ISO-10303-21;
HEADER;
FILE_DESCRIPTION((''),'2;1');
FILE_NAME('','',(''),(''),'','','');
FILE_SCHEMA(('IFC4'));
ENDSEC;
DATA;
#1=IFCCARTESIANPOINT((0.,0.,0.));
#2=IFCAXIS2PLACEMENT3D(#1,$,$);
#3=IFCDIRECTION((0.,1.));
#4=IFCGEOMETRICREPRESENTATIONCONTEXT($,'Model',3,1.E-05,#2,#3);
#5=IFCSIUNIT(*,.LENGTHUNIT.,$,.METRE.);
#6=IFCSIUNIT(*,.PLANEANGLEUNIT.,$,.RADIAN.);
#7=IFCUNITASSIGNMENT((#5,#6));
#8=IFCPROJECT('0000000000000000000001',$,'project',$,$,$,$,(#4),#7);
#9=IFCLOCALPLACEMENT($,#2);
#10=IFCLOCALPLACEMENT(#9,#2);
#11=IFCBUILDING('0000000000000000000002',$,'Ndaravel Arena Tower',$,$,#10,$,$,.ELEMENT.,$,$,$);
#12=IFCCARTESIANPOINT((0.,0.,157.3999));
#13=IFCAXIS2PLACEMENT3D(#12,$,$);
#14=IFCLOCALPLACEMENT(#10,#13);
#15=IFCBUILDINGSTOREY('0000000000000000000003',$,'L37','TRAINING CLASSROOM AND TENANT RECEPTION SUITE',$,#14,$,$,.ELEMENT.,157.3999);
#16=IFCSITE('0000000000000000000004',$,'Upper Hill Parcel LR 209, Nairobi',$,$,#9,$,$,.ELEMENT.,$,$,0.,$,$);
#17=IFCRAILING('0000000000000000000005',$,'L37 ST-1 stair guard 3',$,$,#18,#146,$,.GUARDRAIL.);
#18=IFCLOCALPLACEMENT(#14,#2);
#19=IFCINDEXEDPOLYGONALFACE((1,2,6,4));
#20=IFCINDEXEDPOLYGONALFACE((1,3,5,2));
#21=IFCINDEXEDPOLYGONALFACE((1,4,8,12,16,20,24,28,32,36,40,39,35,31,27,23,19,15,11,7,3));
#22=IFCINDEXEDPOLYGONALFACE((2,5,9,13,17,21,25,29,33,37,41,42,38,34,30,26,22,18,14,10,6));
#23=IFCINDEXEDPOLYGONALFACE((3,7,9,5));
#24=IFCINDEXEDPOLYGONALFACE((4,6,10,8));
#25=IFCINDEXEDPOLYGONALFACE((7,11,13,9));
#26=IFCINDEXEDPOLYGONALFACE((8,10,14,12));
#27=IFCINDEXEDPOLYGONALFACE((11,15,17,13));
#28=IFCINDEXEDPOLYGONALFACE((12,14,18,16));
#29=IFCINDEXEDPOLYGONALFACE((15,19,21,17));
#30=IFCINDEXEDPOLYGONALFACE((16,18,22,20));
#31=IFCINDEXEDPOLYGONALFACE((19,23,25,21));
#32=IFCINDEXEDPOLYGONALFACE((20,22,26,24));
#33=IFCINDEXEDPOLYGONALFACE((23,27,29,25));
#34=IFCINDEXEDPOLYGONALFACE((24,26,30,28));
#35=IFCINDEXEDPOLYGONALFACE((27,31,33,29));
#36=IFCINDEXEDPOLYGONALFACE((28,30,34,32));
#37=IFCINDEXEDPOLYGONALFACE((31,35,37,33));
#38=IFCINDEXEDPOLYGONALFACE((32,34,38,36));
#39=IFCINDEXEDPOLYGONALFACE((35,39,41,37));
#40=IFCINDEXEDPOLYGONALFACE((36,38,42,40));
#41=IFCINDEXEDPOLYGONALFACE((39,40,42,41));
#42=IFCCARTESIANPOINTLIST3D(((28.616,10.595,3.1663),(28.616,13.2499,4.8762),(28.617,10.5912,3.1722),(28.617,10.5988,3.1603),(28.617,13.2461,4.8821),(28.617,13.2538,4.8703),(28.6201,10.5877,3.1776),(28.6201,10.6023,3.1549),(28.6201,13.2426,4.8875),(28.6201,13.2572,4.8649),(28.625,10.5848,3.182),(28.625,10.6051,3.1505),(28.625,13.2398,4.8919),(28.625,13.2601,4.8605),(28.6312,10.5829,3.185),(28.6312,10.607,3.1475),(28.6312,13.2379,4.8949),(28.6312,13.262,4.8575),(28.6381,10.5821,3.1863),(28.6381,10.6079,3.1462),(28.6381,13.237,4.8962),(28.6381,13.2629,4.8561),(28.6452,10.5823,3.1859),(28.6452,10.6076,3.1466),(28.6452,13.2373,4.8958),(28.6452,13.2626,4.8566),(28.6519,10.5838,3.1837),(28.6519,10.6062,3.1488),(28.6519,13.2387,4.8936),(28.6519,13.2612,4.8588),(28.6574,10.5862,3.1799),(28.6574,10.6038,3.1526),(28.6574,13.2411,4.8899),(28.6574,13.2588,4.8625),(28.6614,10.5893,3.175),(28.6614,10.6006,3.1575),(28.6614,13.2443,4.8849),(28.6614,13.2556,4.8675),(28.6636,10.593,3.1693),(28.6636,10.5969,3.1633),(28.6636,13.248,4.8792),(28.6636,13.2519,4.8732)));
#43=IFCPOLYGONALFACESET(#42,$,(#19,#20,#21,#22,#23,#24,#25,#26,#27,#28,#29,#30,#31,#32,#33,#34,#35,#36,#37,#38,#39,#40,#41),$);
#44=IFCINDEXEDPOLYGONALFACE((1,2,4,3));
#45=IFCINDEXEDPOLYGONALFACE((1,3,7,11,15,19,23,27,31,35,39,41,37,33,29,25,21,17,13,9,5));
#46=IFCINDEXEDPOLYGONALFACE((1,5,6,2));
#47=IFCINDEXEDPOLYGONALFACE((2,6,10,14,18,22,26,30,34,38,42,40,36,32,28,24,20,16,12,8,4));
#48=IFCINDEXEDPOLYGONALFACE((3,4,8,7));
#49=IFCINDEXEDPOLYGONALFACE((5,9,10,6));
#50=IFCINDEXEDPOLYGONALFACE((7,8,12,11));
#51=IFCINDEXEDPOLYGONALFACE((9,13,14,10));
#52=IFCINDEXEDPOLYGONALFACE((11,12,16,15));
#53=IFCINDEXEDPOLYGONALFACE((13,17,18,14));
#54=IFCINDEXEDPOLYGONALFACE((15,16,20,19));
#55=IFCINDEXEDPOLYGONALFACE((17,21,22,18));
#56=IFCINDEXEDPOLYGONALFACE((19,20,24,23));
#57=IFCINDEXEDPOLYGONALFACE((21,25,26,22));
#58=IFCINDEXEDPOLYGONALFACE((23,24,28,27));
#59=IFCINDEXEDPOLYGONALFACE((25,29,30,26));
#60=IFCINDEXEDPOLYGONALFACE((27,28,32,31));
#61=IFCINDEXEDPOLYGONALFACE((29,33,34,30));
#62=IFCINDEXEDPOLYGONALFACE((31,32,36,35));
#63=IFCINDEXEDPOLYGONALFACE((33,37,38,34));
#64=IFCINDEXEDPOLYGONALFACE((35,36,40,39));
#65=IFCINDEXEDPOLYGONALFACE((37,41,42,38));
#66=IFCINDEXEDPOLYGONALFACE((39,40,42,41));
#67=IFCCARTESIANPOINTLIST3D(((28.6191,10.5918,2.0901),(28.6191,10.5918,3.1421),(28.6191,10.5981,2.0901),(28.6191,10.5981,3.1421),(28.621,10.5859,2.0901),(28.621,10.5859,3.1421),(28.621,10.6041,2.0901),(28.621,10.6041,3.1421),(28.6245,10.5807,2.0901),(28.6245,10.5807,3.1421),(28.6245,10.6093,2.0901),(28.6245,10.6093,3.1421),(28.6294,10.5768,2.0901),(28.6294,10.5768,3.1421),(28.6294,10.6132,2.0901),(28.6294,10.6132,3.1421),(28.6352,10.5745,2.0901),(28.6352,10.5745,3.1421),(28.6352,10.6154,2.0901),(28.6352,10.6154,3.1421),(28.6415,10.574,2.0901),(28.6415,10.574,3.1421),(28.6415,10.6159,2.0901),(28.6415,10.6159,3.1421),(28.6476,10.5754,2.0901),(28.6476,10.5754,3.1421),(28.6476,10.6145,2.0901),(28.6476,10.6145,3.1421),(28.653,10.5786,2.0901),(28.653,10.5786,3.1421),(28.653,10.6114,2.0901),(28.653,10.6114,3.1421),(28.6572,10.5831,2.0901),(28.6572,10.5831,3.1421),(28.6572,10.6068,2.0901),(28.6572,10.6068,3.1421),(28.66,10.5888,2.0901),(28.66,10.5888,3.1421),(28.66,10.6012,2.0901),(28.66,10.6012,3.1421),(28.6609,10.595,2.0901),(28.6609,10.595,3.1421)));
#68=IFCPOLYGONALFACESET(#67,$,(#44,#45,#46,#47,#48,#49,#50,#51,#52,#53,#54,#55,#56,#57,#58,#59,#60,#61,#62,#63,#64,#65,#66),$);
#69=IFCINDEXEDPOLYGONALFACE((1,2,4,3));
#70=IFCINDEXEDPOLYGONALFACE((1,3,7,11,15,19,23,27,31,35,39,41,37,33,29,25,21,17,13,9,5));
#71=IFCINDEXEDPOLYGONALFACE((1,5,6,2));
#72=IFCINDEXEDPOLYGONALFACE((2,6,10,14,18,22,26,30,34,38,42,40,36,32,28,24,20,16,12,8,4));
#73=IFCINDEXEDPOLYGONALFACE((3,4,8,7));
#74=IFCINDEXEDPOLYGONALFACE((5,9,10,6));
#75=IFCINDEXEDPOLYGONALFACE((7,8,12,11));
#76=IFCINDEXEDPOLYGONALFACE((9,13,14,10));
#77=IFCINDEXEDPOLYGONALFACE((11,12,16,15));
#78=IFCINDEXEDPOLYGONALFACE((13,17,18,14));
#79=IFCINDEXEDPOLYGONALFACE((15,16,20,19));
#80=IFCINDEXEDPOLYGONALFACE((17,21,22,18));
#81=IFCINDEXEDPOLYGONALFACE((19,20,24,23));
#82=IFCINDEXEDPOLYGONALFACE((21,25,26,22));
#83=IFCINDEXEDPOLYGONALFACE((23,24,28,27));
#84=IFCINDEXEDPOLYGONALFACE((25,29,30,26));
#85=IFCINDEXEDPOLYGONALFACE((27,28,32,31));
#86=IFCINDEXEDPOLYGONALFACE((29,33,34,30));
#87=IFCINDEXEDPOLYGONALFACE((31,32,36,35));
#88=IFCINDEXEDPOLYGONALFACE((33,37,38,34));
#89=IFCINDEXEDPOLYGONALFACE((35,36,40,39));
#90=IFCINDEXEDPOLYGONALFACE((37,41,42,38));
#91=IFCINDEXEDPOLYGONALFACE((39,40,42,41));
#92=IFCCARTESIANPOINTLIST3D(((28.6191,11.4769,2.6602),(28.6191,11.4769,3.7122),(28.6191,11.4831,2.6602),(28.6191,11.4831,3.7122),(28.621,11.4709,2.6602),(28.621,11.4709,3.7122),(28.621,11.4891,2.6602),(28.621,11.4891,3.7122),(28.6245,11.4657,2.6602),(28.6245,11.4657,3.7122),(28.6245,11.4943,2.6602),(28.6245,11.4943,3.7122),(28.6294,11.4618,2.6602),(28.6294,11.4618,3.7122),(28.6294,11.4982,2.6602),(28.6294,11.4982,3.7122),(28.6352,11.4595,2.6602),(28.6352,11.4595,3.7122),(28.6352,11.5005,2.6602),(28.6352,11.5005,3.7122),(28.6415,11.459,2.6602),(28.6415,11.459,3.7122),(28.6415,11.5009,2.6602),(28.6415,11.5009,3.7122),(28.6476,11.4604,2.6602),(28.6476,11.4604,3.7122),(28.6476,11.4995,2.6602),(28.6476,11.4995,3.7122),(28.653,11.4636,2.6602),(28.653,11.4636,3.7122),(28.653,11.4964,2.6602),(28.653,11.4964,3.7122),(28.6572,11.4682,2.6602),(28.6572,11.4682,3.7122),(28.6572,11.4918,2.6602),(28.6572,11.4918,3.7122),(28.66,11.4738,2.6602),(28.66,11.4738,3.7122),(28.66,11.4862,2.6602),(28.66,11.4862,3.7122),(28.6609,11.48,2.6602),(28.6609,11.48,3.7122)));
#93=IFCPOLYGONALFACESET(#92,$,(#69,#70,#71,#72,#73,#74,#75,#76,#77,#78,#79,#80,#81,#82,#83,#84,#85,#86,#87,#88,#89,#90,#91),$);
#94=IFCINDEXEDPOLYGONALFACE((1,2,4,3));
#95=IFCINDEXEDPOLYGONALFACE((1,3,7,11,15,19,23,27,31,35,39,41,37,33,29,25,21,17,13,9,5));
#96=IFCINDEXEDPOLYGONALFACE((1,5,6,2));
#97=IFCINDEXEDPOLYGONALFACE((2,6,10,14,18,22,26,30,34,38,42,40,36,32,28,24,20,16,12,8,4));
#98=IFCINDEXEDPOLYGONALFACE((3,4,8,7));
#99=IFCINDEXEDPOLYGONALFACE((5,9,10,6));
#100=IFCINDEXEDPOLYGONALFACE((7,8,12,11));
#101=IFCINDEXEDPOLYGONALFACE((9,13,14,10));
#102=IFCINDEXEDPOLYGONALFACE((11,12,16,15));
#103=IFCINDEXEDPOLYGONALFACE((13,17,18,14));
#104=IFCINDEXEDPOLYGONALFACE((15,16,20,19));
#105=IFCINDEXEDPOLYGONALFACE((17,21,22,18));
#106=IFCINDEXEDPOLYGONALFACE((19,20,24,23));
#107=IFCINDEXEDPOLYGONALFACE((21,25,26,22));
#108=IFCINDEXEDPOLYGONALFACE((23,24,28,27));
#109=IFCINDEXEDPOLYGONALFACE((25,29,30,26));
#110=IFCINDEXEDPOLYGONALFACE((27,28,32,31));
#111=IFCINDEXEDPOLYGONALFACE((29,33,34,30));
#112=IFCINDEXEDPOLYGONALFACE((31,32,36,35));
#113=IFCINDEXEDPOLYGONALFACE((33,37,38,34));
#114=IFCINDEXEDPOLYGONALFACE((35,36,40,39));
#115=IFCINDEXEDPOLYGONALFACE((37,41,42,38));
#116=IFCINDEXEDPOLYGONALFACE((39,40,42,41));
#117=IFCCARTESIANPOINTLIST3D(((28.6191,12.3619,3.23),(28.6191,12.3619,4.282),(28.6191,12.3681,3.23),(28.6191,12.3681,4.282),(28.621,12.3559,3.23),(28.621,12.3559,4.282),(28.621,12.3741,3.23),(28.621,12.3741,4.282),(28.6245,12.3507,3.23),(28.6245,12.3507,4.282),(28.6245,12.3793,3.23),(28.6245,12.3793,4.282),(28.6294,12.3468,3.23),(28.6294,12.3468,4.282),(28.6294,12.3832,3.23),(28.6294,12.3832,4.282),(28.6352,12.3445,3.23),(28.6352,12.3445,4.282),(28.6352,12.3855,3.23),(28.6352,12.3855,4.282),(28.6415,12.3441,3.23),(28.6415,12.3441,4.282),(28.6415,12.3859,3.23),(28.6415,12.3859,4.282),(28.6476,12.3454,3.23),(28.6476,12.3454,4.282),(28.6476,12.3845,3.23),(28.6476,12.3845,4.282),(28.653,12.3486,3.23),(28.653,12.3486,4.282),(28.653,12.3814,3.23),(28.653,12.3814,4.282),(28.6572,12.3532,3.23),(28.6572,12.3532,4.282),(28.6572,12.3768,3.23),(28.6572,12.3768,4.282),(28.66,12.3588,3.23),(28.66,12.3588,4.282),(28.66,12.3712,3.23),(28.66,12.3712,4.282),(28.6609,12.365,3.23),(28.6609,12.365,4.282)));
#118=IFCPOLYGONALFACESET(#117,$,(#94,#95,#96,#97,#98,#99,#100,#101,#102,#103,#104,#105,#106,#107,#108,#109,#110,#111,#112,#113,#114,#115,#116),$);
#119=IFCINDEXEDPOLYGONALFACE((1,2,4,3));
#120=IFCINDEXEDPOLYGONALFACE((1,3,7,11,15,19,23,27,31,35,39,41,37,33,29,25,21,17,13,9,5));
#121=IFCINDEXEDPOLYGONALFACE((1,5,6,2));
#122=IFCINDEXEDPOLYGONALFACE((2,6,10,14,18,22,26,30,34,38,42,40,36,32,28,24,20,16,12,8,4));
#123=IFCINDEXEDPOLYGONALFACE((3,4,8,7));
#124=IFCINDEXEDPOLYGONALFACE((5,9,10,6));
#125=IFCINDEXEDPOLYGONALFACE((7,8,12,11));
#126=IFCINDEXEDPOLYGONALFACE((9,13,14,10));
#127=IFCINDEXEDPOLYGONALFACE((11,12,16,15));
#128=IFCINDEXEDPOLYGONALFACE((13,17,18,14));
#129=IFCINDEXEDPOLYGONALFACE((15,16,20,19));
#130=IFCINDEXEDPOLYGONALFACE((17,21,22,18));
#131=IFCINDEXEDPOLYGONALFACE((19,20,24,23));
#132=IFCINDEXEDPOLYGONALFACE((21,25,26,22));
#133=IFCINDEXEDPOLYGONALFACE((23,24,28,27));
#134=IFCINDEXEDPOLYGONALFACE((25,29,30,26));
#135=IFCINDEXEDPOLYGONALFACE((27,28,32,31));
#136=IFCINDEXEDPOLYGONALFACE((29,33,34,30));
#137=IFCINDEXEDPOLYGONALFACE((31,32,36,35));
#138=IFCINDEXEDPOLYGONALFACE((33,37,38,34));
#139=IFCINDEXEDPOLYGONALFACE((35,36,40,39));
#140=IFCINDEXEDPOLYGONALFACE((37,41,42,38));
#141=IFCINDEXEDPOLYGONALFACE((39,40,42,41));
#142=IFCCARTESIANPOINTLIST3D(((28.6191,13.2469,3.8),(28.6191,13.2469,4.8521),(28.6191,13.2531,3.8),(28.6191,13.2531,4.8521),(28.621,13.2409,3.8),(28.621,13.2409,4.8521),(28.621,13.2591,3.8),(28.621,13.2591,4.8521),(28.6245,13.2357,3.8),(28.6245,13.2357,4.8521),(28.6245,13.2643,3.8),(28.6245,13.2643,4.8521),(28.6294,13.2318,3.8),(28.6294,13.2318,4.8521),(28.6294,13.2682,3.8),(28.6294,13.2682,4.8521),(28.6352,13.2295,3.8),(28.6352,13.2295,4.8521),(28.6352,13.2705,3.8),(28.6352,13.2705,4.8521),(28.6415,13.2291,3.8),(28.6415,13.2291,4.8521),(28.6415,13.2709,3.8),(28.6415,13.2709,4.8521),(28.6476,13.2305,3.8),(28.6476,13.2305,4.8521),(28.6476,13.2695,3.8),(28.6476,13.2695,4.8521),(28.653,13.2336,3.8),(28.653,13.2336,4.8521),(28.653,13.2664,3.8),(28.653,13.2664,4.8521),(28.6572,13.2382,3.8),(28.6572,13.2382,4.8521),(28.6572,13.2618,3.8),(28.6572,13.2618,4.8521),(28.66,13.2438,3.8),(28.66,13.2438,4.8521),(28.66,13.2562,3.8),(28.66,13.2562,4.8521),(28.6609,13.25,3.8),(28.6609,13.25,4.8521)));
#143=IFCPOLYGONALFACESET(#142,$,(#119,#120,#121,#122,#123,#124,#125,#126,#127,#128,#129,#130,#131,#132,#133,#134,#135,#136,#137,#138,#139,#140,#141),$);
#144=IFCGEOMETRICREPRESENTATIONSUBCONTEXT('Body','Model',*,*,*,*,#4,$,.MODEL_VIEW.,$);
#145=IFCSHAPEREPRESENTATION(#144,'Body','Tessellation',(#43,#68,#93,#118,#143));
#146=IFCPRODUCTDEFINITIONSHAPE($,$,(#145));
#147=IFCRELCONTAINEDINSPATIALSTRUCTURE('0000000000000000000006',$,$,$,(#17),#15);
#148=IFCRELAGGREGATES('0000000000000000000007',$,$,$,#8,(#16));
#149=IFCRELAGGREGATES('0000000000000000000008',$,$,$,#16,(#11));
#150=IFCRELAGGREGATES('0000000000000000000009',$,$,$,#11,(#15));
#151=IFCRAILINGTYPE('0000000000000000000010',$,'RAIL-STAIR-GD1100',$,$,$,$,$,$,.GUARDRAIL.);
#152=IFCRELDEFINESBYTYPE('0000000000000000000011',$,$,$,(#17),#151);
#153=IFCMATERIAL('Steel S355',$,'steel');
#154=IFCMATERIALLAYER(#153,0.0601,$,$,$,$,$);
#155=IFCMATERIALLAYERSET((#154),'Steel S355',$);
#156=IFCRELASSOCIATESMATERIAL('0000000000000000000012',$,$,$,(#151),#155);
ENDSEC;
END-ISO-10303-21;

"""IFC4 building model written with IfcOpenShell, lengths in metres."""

from ifc_helpers import new_model, si_unit, direction, frame, origin, origin_2d, place, context, subcontext, project, spatial, circle, extrude, material, layer, layer_set, type_object, element, save


model = new_model("IFC4")

# Units and contexts
model_context = context("Model", 3, precision=1e-05, world=origin(), true_north=direction((0.0, 1.0)))
body_context = subcontext(model_context, "Body", "Model", "MODEL_VIEW")
ifc_project = project(units=[si_unit("LENGTHUNIT", "METRE"), si_unit("PLANEANGLEUNIT", "RADIAN")], contexts=[model_context])

# Site, building, storey
site_placement = place(None, origin())
site = spatial("IfcSite", under=ifc_project, at=site_placement, Name="Upper Hill Parcel LR 209, Nairobi", CompositionType="ELEMENT", RefElevation=0.0)
building_placement = place(site_placement, origin())
building = spatial("IfcBuilding", under=site, at=building_placement, Name="Ndaravel Arena Tower", CompositionType="ELEMENT")
storey_placement = place(building_placement, frame((0.0, 0.0, 157.3999)))
storey = spatial("IfcBuildingStorey", under=building, at=storey_placement, Name="L37", Description="TRAINING CLASSROOM AND TENANT RECEPTION SUITE", CompositionType="ELEMENT", Elevation=157.3999)

# Railing
ifc_material_1 = material(Name="Steel S355", Category="steel")
ifc_layer_1 = layer(ifc_material_1, 0.0601)
ifc_layer_set_1 = layer_set([ifc_layer_1], Name="Steel S355")
railing_type_1 = type_object("IfcRailingType", Name="RAIL-STAIR-GD1100", PredefinedType="GUARDRAIL", material=ifc_layer_set_1)
railing_1_placement = place(storey_placement, frame((28.6399, 10.595, 2.0901)))
element("IfcRailing", 1, at=railing_1_placement, inside=storey, type_object=railing_type_1, Name="L37 ST-1 stair guard 3", PredefinedType="GUARDRAIL", context=body_context, shape_type="SweptSolid", body=[
    extrude(circle(Radius=0.0239, at=origin_2d()), frame((0.0, 0.0, 1.0762), z_axis=(0.0, 0.840724, 0.541465), x_axis=(-1.0, 0.0, 0.0)), (0.0, 0.0, 1.0), 3.158),
    extrude(circle(Radius=0.021, at=origin_2d()), origin(), (0.0, 0.0, 1.0), 1.052),
    extrude(circle(Radius=0.021, at=origin_2d()), frame((0.0, 0.885, 0.5701)), (0.0, 0.0, 1.0), 1.052),
    extrude(circle(Radius=0.021, at=origin_2d()), frame((0.0, 1.77, 1.1399)), (0.0, 0.0, 1.0), 1.052),
    extrude(circle(Radius=0.021, at=origin_2d()), frame((0.0, 2.655, 1.71)), (0.0, 0.0, 1.0), 1.052),
])

save(model, "model.ifc")
